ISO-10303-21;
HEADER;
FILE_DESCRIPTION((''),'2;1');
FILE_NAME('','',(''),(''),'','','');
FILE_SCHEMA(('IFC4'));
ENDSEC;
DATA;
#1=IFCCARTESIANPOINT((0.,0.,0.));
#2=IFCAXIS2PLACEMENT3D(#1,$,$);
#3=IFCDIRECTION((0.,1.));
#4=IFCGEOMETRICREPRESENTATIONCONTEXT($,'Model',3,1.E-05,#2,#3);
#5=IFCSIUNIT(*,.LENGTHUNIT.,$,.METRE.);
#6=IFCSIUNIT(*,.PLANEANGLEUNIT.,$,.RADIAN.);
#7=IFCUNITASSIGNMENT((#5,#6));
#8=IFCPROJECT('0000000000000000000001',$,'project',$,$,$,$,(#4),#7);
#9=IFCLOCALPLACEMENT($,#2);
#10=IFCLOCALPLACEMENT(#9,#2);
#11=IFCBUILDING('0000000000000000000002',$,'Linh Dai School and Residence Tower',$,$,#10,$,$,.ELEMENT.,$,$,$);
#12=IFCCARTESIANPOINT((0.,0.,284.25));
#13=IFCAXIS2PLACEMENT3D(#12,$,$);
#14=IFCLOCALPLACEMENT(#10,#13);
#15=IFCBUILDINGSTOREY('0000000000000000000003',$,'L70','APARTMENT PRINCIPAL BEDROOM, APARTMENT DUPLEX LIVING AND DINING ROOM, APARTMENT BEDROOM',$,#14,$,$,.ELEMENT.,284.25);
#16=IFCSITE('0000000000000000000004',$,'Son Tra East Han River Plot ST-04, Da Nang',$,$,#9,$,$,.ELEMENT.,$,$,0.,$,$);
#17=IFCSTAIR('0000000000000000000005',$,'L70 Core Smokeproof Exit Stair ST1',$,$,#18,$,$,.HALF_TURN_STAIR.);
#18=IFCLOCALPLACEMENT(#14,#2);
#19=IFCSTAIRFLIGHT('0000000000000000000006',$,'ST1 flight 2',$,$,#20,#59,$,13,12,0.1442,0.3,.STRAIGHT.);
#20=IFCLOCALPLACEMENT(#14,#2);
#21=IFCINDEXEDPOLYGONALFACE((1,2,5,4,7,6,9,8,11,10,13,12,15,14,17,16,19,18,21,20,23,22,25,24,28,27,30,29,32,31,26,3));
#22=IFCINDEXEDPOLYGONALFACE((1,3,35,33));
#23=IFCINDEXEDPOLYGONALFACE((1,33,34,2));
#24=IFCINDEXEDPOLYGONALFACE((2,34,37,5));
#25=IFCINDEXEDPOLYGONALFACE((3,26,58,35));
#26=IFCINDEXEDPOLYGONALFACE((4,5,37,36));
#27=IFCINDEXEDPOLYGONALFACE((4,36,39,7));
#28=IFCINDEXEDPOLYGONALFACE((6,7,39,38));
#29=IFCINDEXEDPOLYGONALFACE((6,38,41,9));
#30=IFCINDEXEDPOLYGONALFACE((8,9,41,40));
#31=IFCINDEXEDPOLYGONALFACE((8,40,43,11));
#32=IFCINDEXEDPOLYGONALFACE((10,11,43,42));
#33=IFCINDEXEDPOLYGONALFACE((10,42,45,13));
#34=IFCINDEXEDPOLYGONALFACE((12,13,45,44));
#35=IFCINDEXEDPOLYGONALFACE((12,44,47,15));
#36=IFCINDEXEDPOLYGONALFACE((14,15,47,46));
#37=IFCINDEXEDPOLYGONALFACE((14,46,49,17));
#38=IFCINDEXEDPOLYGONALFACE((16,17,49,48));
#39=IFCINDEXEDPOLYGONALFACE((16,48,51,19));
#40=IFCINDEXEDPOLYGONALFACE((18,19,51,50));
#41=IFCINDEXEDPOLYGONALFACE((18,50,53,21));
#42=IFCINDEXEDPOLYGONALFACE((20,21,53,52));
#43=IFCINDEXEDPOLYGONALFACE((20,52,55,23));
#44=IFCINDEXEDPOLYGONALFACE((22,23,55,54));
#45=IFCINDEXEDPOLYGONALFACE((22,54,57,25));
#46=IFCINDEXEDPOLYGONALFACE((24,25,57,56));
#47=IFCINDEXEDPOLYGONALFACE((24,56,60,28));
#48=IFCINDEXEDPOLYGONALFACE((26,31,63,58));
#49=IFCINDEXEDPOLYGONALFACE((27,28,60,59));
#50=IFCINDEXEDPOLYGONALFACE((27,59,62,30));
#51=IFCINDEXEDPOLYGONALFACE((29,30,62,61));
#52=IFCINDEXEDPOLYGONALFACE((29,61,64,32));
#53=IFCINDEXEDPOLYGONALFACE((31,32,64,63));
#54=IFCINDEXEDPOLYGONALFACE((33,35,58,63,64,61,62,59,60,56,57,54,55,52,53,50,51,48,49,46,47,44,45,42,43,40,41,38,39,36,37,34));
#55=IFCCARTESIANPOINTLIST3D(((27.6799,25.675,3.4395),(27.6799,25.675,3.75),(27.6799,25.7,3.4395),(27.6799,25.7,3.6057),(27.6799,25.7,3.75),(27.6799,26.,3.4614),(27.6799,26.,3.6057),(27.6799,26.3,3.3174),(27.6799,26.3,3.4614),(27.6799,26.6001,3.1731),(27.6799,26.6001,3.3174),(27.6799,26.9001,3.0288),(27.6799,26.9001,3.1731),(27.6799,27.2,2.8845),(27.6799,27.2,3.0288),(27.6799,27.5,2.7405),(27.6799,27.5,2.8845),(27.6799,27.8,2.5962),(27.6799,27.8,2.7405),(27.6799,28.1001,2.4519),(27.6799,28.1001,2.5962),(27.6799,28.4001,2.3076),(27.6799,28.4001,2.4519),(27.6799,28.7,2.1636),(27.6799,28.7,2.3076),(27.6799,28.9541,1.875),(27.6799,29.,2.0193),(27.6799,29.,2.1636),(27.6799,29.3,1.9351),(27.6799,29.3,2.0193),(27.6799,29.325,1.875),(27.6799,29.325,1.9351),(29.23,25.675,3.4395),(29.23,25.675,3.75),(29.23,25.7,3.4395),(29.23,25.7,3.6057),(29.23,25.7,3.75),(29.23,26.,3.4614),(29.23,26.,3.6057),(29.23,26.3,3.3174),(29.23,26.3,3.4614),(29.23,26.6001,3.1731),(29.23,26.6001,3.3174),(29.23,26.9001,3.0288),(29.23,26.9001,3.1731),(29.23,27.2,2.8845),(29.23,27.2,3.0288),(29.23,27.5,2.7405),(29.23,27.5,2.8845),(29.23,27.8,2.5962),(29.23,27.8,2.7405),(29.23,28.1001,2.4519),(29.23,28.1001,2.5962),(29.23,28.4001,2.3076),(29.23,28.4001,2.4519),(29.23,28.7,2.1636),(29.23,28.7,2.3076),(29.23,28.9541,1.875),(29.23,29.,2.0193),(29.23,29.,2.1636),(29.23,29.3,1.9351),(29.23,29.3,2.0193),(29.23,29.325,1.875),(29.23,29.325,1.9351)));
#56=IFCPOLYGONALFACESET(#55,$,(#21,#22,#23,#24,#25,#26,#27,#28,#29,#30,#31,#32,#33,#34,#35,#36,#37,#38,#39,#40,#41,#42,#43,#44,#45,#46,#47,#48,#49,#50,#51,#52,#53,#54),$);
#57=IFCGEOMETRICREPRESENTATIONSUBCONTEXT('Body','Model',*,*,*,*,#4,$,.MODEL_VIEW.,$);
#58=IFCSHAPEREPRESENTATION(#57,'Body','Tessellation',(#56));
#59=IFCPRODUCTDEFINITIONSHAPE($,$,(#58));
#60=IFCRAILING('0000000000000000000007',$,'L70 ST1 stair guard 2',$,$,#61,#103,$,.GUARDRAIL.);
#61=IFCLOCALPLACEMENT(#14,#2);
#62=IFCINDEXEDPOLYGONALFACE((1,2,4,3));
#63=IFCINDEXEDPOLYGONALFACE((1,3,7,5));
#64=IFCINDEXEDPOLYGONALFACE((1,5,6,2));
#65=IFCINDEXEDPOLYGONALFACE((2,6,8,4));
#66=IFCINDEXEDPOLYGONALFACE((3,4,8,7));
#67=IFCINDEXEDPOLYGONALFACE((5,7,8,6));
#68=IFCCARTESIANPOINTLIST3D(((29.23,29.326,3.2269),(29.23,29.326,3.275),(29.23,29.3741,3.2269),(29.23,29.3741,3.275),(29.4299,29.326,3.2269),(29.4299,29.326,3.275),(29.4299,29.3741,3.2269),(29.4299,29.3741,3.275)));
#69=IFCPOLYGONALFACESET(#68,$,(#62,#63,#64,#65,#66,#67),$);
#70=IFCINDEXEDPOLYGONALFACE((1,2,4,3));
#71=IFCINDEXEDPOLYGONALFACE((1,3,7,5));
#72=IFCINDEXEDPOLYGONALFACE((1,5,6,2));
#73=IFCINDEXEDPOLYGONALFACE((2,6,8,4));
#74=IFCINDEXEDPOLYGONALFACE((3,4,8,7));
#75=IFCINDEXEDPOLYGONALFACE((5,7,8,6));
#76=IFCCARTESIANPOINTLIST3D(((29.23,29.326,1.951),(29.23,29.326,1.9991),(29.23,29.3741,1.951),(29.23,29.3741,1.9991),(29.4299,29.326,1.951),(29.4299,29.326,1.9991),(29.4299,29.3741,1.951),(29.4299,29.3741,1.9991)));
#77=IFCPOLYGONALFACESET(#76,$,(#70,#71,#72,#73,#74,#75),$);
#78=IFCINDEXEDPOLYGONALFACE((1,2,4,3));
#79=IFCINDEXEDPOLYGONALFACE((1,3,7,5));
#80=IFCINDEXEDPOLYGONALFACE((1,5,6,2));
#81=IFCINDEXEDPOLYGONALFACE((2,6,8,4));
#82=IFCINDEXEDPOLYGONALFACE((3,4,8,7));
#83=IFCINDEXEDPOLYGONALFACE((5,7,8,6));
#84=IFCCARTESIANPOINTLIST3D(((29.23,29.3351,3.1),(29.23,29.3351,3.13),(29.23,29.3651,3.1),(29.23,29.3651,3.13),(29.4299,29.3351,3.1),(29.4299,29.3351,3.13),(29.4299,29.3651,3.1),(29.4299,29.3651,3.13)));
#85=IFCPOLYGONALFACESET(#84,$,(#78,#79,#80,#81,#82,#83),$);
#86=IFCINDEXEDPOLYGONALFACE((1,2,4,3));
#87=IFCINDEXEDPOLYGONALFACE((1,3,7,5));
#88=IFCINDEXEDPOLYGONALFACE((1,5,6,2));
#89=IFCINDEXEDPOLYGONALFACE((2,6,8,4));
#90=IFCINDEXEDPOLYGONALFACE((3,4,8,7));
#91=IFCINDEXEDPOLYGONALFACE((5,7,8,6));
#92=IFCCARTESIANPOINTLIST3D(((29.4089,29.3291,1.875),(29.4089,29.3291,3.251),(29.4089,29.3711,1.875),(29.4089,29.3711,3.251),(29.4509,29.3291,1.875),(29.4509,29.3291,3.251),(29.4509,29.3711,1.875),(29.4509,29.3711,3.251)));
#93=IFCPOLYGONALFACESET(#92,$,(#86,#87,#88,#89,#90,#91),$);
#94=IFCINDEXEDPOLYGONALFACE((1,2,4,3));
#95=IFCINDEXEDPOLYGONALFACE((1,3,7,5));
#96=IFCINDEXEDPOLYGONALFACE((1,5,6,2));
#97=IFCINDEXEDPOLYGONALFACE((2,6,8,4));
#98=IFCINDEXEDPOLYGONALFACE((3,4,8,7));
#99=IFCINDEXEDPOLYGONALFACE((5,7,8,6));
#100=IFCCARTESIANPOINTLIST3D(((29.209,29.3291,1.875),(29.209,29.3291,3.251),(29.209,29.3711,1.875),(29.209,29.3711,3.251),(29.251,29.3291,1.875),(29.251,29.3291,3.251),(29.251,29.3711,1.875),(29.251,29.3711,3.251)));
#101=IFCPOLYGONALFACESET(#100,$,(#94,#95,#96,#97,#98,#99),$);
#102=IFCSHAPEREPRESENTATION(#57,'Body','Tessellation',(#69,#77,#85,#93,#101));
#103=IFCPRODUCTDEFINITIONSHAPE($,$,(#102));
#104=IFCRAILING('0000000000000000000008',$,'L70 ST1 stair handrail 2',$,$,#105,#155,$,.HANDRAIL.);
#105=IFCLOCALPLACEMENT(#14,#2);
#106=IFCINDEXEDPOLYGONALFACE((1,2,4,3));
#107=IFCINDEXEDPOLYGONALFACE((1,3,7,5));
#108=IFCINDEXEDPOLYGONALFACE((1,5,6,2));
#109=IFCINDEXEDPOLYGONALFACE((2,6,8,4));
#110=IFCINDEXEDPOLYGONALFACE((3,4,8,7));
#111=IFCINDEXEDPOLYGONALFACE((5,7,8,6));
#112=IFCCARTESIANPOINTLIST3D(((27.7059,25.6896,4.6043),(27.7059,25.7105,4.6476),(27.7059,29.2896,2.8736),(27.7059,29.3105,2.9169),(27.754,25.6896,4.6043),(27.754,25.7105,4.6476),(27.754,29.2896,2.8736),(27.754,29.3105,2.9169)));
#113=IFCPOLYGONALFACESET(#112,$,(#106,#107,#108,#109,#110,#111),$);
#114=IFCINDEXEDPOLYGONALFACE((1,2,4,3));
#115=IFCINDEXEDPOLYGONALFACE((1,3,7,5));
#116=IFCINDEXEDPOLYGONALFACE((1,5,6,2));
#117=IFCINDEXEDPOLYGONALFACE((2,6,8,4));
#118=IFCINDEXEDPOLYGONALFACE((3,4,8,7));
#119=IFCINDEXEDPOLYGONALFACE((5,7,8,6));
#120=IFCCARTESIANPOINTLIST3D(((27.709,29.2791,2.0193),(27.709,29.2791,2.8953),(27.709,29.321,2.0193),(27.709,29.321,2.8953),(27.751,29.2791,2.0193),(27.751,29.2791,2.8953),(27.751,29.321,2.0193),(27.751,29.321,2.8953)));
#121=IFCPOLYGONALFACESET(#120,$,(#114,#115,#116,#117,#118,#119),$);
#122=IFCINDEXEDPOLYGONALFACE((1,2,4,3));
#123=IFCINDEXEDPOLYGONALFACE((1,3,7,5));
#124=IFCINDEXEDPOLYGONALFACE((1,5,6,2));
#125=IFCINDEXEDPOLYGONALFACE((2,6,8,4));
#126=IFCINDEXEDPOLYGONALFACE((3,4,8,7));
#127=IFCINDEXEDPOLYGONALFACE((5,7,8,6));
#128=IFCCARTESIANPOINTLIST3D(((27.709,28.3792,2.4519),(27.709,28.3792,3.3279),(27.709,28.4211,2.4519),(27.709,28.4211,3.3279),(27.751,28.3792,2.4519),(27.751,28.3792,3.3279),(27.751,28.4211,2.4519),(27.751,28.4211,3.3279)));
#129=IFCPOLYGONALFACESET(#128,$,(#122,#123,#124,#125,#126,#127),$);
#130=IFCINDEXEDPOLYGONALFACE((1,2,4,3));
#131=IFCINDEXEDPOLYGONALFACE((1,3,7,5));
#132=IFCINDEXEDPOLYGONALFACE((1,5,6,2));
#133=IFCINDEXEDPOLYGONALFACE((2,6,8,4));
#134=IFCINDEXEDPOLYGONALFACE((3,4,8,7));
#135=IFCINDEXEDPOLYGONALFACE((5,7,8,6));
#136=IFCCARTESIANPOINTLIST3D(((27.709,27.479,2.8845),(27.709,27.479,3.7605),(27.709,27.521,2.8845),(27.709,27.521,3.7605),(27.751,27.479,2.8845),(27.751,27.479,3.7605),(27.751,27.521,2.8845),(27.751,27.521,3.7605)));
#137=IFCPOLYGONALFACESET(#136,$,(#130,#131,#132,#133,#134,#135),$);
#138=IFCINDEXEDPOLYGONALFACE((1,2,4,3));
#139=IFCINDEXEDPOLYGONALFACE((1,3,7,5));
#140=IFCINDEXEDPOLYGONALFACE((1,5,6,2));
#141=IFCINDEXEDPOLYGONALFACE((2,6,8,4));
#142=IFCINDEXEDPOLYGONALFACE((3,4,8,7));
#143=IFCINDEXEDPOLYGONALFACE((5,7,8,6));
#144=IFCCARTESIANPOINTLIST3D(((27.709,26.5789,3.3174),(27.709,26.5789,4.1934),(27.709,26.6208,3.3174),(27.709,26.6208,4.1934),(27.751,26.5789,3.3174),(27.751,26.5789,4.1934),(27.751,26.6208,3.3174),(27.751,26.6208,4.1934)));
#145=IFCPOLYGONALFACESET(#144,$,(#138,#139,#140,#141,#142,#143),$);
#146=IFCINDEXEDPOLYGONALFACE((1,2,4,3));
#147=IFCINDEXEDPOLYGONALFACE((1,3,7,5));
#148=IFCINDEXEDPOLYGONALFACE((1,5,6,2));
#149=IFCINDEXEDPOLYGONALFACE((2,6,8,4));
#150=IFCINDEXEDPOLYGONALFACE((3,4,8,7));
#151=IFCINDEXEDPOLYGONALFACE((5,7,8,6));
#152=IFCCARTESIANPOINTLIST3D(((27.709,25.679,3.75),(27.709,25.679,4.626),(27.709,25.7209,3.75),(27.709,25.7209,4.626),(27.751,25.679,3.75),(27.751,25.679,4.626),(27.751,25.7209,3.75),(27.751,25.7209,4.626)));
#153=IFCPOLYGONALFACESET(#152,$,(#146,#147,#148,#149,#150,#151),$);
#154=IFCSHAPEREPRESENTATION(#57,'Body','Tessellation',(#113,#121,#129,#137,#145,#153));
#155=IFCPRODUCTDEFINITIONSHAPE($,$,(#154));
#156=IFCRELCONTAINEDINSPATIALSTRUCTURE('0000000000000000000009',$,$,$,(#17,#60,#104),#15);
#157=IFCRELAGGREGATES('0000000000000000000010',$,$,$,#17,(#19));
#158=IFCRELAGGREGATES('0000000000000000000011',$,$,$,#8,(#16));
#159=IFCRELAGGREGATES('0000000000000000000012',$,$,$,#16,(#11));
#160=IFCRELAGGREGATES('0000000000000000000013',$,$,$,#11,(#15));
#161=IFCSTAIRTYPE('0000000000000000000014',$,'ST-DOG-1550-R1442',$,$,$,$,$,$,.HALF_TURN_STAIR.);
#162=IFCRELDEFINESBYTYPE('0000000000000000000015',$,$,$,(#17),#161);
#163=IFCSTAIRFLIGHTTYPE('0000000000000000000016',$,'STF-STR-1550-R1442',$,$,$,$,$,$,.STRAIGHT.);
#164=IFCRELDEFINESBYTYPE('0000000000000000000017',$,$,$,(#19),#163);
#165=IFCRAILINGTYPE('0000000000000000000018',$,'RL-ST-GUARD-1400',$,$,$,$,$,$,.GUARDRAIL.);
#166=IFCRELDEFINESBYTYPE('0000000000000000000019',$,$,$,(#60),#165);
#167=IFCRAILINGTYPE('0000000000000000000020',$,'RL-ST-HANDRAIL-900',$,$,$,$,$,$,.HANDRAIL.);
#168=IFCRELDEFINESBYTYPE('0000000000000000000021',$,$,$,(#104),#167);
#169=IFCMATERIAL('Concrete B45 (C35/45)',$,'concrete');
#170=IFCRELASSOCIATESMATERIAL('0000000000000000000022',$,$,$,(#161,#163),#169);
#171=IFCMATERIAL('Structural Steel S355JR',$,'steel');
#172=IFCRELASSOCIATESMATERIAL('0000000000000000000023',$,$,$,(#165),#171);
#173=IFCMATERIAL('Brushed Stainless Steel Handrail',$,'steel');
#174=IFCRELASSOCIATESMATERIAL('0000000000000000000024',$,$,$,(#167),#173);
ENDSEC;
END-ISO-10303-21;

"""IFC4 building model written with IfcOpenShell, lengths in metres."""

from ifc_helpers import new_model, si_unit, direction, frame, origin, origin_2d, place, context, subcontext, project, spatial, polyline, rectangle, outline, extrude, source, transform, mapped, material, type_object, element, aggregate, save


model = new_model("IFC4")

# Units and contexts
model_context = context("Model", 3, precision=1e-05, world=origin(), true_north=direction((0.0, 1.0)))
body_context = subcontext(model_context, "Body", "Model", "MODEL_VIEW")
ifc_project = project(units=[si_unit("LENGTHUNIT", "METRE"), si_unit("PLANEANGLEUNIT", "RADIAN")], contexts=[model_context])

# Site, building, storey
site_placement = place(None, origin())
site = spatial("IfcSite", under=ifc_project, at=site_placement, Name="Son Tra East Han River Plot ST-04, Da Nang", CompositionType="ELEMENT", RefElevation=0.0)
building_placement = place(site_placement, origin())
building = spatial("IfcBuilding", under=site, at=building_placement, Name="Linh Dai School and Residence Tower", CompositionType="ELEMENT")
storey_placement = place(building_placement, frame((0.0, 0.0, 284.25)))
storey = spatial("IfcBuildingStorey", under=building, at=storey_placement, Name="L70", Description="APARTMENT PRINCIPAL BEDROOM, APARTMENT DUPLEX LIVING AND DINING ROOM, APARTMENT BEDROOM", CompositionType="ELEMENT", Elevation=284.25)

# Shared definitions
ifc_material_1 = material(Name="Structural Steel S355JR", Category="steel")

# Shared definitions
ifc_material_2 = material(Name="Concrete B45 (C35/45)", Category="concrete")

# Stair, stair flight
stair_type = type_object("IfcStairType", Name="ST-DOG-1550-R1442", PredefinedType="HALF_TURN_STAIR", material=ifc_material_2)
stair_placement = place(storey_placement, origin())
stair = element("IfcStair", 1, at=stair_placement, inside=storey, type_object=stair_type, Name="L70 Core Smokeproof Exit Stair ST1", PredefinedType="HALF_TURN_STAIR")
stair_flight_type = type_object("IfcStairFlightType", Name="STF-STR-1550-R1442", PredefinedType="STRAIGHT", material=ifc_material_2)
shared_shape_1 = source(origin(), body_context, "Body", "SweptSolid", [
    extrude(outline(polyline([(-0.0249, 0.0), (-0.0249, 0.0601), (0.0, 0.0601), (0.0, 0.1443), (0.3, 0.1443), (0.3, 0.2886), (0.6001, 0.2886), (0.6001, 0.4326), (0.8999, 0.4326), (0.8999, 0.5769), (1.2, 0.5769), (1.2, 0.7212), (1.5, 0.7212), (1.5, 0.8655), (1.8, 0.8655), (1.8, 1.0095), (2.1001, 1.0095), (2.1001, 1.1538), (2.3999, 1.1538), (2.3999, 1.2981), (2.7, 1.2981), (2.7, 1.4424), (3.0, 1.4424), (3.0, 1.5864), (3.3, 1.5864), (3.3, 1.7307), (3.6001, 1.7307), (3.6001, 1.875), (3.625, 1.875), (3.625, 1.5645), (3.6001, 1.5645), (0.3459, 0.0), (-0.0249, 0.0)])), frame((0.0, 0.7749, 0.0), z_axis=(0.0, -1.0, 0.0), x_axis=(1.0, 0.0, 0.0)), (0.0, 0.0, 1.0), 1.55),
])
stair_flight_placement = place(storey_placement, frame((28.4551, 29.3, 1.875), z_axis=(0.0, 0.0, 1.0), x_axis=(0.0, -1.0, 0.0)))
stair_flight = element("IfcStairFlight", 2, at=stair_flight_placement, type_object=stair_flight_type, Name="ST1 flight 2", NumberOfRisers=13, NumberOfTreads=12, PredefinedType="STRAIGHT", RiserHeight=0.1442, TreadLength=0.3, context=body_context, shape_type="MappedRepresentation", body=[
    mapped(shared_shape_1, transform((0.0, 0.0, 0.0), x_axis=(1.0, 0.0, 0.0), y_axis=(0.0, 1.0, 0.0), z_axis=(0.0, 0.0, 1.0), scale=1.0)),
])
aggregate(stair, [stair_flight])

# Railings
railing_type_1 = type_object("IfcRailingType", Name="RL-ST-GUARD-1400", PredefinedType="GUARDRAIL", material=ifc_material_1)
shared_shape_2 = source(origin(), body_context, "Body", "SweptSolid", [
    extrude(rectangle(XDim=0.0481, YDim=0.0481, at=origin_2d()), frame((0.0, 0.0, 1.376), z_axis=(-1.0, 0.0, 0.0), x_axis=(0.0, -1.0, 0.0)), (0.0, 0.0, 1.0), 0.2),
    extrude(rectangle(XDim=0.0481, YDim=0.0481, at=origin_2d()), frame((0.0, 0.0, 0.1001), z_axis=(-1.0, 0.0, 0.0), x_axis=(0.0, -1.0, 0.0)), (0.0, 0.0, 1.0), 0.2),
    extrude(rectangle(XDim=0.03, YDim=0.03, at=origin_2d()), frame((0.0, 0.0, 1.24), z_axis=(-1.0, 0.0, 0.0), x_axis=(0.0, -1.0, 0.0)), (0.0, 0.0, 1.0), 0.2),
    extrude(rectangle(XDim=0.042, YDim=0.042, at=origin_2d()), origin(), (0.0, 0.0, 1.0), 1.376),
    extrude(rectangle(XDim=0.042, YDim=0.042, at=origin_2d()), frame((-0.2, 0.0, 0.0)), (0.0, 0.0, 1.0), 1.376),
])
railing_1_placement = place(storey_placement, frame((29.4299, 29.3501, 1.875)))
element("IfcRailing", 3, at=railing_1_placement, inside=storey, type_object=railing_type_1, Name="L70 ST1 stair guard 2", PredefinedType="GUARDRAIL", context=body_context, shape_type="MappedRepresentation", body=[
    mapped(shared_shape_2, transform((0.0, 0.0, 0.0), x_axis=(1.0, 0.0, 0.0), y_axis=(0.0, 1.0, 0.0), z_axis=(0.0, 0.0, 1.0), scale=1.0)),
])
ifc_material_3 = material(Name="Brushed Stainless Steel Handrail", Category="steel")
railing_type_2 = type_object("IfcRailingType", Name="RL-ST-HANDRAIL-900", PredefinedType="HANDRAIL", material=ifc_material_3)
shared_shape_3 = source(origin(), body_context, "Body", "SweptSolid", [
    extrude(rectangle(XDim=0.0481, YDim=0.0481, at=origin_2d()), frame((0.0, 0.0, 0.876), z_axis=(0.0, -0.901263, 0.433273), x_axis=(1.0, 0.0, 0.0)), (0.0, 0.0, 1.0), 3.9944),
    extrude(rectangle(XDim=0.042, YDim=0.042, at=origin_2d()), origin(), (0.0, 0.0, 1.0), 0.876),
    extrude(rectangle(XDim=0.042, YDim=0.042, at=origin_2d()), frame((0.0, -0.8999, 0.4326)), (0.0, 0.0, 1.0), 0.876),
    extrude(rectangle(XDim=0.042, YDim=0.042, at=origin_2d()), frame((0.0, -1.8, 0.8652)), (0.0, 0.0, 1.0), 0.876),
    extrude(rectangle(XDim=0.042, YDim=0.042, at=origin_2d()), frame((0.0, -2.7002, 1.2981)), (0.0, 0.0, 1.0), 0.876),
    extrude(rectangle(XDim=0.042, YDim=0.042, at=origin_2d()), frame((0.0, -3.6001, 1.7307)), (0.0, 0.0, 1.0), 0.876),
])
railing_2_placement = place(storey_placement, frame((27.73, 29.3, 2.0193)))
element("IfcRailing", 4, at=railing_2_placement, inside=storey, type_object=railing_type_2, Name="L70 ST1 stair handrail 2", PredefinedType="HANDRAIL", context=body_context, shape_type="MappedRepresentation", body=[
    mapped(shared_shape_3, transform((0.0, 0.0, 0.0), x_axis=(1.0, 0.0, 0.0), y_axis=(0.0, 1.0, 0.0), z_axis=(0.0, 0.0, 1.0), scale=1.0)),
])

save(model, "model.ifc")
